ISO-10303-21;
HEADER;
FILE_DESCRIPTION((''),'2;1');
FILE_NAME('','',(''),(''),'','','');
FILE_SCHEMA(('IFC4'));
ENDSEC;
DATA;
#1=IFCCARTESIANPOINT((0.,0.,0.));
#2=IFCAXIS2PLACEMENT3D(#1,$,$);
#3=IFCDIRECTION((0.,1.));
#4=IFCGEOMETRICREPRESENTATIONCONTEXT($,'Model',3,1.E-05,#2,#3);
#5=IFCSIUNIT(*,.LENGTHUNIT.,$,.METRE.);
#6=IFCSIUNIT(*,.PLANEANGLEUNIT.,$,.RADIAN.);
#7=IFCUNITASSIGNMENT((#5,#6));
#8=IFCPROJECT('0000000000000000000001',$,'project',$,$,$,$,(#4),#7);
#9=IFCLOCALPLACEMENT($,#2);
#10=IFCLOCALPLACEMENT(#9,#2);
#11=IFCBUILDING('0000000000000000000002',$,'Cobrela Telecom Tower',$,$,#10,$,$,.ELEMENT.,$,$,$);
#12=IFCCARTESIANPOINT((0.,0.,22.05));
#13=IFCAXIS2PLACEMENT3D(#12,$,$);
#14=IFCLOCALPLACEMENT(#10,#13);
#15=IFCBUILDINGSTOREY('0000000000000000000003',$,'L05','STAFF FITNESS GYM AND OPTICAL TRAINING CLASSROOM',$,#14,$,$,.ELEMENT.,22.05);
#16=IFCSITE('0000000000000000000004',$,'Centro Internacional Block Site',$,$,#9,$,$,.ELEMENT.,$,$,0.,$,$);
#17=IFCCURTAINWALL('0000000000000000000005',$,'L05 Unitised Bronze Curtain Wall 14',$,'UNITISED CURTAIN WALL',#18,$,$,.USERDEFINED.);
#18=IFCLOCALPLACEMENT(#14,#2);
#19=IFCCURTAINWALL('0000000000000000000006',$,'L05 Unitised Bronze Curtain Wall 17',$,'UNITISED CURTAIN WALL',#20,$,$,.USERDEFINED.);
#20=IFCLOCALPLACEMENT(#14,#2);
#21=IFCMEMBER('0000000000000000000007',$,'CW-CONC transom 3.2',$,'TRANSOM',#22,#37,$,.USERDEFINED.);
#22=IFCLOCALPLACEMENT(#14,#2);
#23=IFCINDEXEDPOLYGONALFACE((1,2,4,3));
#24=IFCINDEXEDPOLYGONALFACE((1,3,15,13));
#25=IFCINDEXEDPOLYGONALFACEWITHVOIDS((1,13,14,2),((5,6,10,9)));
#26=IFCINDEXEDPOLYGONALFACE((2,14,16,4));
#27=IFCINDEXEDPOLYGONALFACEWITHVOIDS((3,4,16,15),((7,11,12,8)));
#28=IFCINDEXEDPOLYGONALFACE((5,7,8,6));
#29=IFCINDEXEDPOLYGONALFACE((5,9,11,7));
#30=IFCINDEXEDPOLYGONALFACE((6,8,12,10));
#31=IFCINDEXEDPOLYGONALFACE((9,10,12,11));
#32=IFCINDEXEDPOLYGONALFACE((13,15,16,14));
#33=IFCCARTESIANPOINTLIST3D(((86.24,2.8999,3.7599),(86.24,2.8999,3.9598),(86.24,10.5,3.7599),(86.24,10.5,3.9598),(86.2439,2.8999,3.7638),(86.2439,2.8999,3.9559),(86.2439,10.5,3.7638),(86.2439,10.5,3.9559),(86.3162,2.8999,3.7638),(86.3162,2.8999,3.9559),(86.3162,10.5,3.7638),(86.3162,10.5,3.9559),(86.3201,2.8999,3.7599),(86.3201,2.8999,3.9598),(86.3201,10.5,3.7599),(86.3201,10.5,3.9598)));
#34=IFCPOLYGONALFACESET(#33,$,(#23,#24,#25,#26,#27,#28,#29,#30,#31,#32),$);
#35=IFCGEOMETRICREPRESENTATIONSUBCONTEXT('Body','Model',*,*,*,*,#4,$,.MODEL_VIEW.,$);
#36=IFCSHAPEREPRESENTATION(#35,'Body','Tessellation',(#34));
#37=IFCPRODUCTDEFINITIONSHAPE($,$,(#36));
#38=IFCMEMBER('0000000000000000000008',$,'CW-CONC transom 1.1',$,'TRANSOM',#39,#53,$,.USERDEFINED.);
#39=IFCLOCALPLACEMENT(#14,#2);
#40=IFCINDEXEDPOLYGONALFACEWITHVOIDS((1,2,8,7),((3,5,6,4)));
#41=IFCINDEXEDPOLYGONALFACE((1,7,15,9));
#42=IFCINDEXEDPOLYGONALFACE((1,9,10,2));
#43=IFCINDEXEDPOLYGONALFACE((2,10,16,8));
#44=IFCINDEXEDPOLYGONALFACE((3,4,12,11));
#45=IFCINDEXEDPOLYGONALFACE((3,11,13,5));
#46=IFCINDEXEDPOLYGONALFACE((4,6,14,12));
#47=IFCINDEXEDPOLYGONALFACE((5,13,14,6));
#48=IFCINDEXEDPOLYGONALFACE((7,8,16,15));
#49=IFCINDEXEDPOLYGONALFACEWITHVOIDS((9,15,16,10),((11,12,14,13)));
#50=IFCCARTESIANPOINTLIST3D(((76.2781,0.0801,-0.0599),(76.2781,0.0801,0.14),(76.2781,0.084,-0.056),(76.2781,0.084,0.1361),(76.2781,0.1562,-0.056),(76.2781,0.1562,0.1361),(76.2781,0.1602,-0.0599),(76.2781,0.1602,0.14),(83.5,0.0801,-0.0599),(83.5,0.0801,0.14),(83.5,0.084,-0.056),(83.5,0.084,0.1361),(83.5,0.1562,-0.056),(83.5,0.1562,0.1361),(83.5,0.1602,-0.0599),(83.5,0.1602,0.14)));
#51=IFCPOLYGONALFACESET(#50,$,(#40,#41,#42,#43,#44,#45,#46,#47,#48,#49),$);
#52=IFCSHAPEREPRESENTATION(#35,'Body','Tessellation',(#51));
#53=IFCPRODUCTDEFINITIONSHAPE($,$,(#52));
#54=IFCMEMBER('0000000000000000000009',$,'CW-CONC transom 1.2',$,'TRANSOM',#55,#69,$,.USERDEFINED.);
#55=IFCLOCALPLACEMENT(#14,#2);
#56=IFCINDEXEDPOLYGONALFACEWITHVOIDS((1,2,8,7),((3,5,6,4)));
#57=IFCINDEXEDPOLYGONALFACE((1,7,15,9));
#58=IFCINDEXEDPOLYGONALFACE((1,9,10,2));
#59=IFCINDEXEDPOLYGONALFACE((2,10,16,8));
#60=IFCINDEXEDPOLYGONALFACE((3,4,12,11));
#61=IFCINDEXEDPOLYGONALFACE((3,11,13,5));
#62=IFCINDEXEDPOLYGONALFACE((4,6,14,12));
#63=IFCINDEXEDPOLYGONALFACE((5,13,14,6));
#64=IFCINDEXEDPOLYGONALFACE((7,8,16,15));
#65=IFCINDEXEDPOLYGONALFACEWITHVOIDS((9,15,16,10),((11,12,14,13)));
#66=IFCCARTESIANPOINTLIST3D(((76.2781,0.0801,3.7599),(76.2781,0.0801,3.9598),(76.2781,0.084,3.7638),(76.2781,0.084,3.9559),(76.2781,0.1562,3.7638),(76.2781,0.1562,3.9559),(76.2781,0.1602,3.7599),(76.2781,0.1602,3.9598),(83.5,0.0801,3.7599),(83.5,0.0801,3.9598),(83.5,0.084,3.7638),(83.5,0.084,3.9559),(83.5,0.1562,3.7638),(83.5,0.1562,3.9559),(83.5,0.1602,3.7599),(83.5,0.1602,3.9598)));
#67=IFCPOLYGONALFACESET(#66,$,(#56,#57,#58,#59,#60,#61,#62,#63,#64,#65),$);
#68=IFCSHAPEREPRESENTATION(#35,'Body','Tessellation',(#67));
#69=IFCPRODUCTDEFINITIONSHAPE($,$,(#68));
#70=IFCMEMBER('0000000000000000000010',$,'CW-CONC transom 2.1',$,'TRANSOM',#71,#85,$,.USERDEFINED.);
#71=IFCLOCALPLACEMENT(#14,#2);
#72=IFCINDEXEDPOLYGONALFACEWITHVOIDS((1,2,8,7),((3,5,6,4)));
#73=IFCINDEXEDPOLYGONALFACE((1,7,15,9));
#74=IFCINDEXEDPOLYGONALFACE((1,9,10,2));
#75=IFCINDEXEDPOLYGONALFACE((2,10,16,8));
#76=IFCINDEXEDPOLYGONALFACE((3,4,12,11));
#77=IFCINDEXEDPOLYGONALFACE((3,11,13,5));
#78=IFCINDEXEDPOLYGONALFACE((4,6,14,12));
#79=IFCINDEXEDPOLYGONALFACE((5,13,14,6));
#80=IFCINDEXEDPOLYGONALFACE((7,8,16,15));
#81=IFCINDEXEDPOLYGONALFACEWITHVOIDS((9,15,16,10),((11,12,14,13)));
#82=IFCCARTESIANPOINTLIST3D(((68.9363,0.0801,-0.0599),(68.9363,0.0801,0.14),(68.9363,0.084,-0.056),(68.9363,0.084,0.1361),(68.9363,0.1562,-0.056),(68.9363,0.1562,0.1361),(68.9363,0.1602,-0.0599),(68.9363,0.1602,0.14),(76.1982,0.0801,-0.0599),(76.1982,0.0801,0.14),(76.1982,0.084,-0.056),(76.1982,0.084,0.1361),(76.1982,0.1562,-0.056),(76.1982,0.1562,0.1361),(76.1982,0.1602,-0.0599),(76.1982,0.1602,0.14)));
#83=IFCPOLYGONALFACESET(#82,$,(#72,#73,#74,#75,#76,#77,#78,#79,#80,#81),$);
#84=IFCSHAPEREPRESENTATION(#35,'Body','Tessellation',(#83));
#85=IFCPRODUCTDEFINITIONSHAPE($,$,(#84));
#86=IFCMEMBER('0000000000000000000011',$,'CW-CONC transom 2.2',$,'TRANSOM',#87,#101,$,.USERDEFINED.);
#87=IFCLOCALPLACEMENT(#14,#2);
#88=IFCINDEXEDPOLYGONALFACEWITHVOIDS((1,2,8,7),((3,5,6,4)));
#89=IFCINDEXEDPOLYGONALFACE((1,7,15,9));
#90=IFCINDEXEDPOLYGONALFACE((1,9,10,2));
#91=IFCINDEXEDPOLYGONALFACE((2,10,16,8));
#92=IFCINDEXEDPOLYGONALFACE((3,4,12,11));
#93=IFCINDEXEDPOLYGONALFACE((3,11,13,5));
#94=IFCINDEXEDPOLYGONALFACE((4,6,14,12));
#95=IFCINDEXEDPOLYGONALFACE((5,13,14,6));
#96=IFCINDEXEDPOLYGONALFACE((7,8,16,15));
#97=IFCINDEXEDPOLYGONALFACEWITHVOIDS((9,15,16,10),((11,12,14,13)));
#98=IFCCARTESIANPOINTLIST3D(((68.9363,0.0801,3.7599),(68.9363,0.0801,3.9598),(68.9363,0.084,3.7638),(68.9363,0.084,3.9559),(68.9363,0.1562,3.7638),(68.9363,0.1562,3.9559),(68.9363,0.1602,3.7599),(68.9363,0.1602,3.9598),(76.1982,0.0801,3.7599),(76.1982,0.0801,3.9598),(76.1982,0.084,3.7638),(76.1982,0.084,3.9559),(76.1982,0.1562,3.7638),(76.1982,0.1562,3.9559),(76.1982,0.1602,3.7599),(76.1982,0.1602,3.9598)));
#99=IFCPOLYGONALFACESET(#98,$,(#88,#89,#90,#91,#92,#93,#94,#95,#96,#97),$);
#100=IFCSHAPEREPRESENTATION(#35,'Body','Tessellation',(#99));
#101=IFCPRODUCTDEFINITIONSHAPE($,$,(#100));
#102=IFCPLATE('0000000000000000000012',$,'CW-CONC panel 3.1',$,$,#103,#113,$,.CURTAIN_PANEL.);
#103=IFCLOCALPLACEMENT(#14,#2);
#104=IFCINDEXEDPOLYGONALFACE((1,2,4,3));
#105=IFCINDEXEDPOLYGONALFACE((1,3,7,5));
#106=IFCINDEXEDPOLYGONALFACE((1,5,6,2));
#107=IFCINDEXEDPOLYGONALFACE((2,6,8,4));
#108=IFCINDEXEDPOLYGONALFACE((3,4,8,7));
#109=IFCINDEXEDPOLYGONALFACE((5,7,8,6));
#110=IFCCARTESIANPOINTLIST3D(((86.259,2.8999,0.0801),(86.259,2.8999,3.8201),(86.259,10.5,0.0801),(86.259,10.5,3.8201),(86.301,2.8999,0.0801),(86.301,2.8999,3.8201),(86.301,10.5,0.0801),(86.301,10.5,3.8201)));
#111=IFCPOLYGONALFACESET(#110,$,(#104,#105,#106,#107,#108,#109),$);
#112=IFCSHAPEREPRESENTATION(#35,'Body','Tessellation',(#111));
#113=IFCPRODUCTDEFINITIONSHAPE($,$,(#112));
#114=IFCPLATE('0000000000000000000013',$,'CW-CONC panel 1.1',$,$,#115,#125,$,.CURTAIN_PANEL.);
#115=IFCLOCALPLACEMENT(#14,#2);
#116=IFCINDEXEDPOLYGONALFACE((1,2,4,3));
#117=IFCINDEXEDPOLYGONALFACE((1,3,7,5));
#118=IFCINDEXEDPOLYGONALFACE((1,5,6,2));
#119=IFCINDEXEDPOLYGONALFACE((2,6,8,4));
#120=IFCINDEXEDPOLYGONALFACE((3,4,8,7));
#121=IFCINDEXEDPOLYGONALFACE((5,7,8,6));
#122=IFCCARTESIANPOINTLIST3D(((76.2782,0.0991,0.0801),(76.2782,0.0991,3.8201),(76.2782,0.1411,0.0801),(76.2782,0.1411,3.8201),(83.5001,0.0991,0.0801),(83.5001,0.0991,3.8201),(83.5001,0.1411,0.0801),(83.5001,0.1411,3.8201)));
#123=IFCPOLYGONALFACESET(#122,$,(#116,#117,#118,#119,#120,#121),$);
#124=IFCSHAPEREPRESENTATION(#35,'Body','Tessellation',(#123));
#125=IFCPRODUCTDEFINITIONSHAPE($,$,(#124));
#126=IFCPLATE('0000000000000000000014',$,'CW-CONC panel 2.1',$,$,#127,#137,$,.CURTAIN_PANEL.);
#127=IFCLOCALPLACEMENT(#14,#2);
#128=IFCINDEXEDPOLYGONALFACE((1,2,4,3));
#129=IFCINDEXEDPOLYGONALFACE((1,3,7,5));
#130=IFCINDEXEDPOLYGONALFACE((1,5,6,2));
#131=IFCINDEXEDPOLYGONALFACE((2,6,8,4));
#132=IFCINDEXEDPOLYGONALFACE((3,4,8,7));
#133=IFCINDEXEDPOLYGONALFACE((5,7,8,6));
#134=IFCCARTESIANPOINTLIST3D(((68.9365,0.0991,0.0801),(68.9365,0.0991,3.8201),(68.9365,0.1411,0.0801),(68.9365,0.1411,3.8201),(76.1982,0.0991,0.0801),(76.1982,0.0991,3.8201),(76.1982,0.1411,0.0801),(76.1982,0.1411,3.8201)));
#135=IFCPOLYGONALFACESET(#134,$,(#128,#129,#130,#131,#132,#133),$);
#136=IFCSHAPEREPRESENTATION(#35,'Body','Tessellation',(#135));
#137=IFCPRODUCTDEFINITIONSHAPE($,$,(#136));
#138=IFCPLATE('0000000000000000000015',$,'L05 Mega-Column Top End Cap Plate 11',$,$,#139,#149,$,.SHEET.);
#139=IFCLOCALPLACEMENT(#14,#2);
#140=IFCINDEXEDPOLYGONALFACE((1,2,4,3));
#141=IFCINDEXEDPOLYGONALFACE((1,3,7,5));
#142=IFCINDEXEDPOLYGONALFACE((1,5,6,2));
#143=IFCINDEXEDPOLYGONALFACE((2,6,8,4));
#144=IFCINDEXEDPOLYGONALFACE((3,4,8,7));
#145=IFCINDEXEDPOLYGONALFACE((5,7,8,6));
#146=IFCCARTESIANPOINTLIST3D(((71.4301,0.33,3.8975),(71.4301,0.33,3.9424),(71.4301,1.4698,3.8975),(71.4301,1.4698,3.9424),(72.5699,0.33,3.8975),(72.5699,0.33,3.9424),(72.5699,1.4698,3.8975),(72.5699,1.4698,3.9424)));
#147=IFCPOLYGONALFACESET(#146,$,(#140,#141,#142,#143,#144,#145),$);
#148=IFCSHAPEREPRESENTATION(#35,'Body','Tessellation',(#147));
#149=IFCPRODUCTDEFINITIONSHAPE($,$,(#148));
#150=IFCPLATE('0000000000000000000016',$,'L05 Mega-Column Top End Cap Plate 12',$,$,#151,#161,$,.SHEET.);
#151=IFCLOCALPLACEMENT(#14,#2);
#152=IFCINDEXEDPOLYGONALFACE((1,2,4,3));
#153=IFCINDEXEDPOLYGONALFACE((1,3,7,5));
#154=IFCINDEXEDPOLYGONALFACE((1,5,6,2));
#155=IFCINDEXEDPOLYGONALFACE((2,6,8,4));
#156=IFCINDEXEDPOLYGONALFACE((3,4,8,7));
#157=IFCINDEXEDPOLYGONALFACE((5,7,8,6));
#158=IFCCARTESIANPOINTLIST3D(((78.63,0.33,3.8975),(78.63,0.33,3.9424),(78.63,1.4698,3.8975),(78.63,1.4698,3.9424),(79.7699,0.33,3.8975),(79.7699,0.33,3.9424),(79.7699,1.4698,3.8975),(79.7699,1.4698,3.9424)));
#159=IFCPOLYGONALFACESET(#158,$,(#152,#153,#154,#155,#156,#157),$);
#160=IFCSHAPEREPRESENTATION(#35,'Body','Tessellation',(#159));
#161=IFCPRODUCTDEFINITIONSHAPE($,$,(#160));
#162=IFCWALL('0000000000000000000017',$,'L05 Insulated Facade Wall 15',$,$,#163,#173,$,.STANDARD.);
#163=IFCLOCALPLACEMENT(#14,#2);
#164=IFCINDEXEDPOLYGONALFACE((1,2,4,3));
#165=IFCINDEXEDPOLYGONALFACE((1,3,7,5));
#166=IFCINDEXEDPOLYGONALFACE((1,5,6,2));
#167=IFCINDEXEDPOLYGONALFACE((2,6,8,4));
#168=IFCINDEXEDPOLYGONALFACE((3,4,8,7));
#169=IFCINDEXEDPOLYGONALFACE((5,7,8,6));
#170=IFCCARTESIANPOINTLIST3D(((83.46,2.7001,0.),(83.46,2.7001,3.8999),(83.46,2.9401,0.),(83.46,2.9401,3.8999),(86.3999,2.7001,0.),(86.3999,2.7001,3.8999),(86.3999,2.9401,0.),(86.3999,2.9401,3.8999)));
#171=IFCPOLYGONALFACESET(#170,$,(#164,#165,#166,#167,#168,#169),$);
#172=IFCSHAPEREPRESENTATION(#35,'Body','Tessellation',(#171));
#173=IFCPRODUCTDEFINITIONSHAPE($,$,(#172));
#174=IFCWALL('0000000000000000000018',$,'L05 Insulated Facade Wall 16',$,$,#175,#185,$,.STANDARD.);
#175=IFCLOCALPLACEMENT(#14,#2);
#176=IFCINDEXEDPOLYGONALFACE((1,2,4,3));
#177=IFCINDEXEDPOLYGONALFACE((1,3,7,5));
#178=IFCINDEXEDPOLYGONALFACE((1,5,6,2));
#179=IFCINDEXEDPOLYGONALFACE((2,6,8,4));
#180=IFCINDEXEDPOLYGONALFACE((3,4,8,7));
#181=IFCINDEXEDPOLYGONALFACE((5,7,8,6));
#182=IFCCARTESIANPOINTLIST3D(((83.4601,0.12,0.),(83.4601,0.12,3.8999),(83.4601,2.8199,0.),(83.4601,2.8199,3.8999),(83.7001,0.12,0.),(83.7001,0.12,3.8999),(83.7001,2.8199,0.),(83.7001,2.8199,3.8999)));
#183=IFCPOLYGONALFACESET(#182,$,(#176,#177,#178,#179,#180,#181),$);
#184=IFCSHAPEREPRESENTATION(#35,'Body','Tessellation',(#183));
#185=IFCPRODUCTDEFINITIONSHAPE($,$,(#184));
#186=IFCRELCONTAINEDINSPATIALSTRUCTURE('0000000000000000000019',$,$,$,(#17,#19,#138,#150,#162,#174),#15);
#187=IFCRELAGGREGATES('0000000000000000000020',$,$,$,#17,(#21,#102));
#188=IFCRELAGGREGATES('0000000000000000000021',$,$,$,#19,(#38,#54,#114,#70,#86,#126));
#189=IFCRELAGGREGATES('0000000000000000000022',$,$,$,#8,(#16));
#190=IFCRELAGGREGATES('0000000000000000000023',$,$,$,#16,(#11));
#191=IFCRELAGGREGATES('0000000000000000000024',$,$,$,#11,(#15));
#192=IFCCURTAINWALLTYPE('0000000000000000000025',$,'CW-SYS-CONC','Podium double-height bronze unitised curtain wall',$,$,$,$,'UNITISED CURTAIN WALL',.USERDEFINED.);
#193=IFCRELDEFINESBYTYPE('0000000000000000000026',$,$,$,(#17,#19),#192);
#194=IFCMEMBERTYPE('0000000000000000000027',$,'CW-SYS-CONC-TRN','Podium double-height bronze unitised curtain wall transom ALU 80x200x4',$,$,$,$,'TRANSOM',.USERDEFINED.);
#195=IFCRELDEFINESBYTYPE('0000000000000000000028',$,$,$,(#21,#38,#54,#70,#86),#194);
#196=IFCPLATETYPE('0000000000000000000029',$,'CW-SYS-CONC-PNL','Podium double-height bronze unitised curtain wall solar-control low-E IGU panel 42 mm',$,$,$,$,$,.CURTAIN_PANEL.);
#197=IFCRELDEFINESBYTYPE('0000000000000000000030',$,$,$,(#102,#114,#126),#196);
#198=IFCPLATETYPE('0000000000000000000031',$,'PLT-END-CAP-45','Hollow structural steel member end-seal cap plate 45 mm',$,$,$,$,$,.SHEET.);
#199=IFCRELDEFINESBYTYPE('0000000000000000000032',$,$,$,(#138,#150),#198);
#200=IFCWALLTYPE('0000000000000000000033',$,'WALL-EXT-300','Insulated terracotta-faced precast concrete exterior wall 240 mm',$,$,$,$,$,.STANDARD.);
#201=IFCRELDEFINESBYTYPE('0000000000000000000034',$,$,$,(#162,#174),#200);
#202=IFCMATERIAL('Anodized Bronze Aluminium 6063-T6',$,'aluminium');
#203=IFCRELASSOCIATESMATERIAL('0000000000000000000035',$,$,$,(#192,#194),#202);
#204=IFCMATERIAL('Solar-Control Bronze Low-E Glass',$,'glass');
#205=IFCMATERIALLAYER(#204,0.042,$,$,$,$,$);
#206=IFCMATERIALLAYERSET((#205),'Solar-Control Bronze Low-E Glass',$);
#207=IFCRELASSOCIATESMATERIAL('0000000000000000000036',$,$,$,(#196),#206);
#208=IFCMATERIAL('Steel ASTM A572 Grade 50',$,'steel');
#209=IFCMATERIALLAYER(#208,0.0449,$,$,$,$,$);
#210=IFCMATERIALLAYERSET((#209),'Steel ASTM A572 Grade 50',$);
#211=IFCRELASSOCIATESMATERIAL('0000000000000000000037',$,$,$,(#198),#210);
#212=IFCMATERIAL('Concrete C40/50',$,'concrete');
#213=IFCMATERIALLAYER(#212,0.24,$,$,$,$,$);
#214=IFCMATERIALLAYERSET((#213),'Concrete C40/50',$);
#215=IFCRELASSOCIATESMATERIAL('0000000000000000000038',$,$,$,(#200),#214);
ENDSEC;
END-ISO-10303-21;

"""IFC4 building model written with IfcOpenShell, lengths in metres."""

from ifc_helpers import new_model, si_unit, direction, frame, frame_2d, origin, origin_2d, place, context, subcontext, project, spatial, rectangle, hollow_rectangle, extrude, material, layer, layer_set, material_profile, profile_set, type_object, element, aggregate, save


model = new_model("IFC4")

# Units and contexts
model_context = context("Model", 3, precision=1e-05, world=origin(), true_north=direction((0.0, 1.0)))
body_context = subcontext(model_context, "Body", "Model", "MODEL_VIEW")
ifc_project = project(units=[si_unit("LENGTHUNIT", "METRE"), si_unit("PLANEANGLEUNIT", "RADIAN")], contexts=[model_context])

# Site, building, storey
site_placement = place(None, origin())
site = spatial("IfcSite", under=ifc_project, at=site_placement, Name="Centro Internacional Block Site", CompositionType="ELEMENT", RefElevation=0.0)
building_placement = place(site_placement, origin())
building = spatial("IfcBuilding", under=site, at=building_placement, Name="Cobrela Telecom Tower", CompositionType="ELEMENT")
storey_placement = place(building_placement, frame((0.0, 0.0, 22.05)))
storey = spatial("IfcBuildingStorey", under=building, at=storey_placement, Name="L05", Description="STAFF FITNESS GYM AND OPTICAL TRAINING CLASSROOM", CompositionType="ELEMENT", Elevation=22.05)

# Shared definitions
ifc_material_1 = material(Name="Concrete C40/50", Category="concrete")
ifc_material_2 = material(Name="Steel ASTM A572 Grade 50", Category="steel")

# Curtain walls
ifc_material_3 = material(Name="Anodized Bronze Aluminium 6063-T6", Category="aluminium")
curtain_wall_type = type_object("IfcCurtainWallType", Name="CW-SYS-CONC", Description="Podium double-height bronze unitised curtain wall", ElementType="UNITISED CURTAIN WALL", PredefinedType="USERDEFINED", material=ifc_material_3)
curtain_wall_1_placement = place(storey_placement, origin())
curtain_wall_1 = element("IfcCurtainWall", 1, at=curtain_wall_1_placement, inside=storey, type_object=curtain_wall_type, Name="L05 Unitised Bronze Curtain Wall 14", ObjectType="UNITISED CURTAIN WALL", PredefinedType="USERDEFINED")
curtain_wall_2_placement = place(storey_placement, origin())
curtain_wall_2 = element("IfcCurtainWall", 2, at=curtain_wall_2_placement, inside=storey, type_object=curtain_wall_type, Name="L05 Unitised Bronze Curtain Wall 17", ObjectType="UNITISED CURTAIN WALL", PredefinedType="USERDEFINED")

# Members
ifc_material_profile_1 = material_profile(ifc_material_3, hollow_rectangle(XDim=0.0801, YDim=0.2, WallThickness=0.0039, at=origin_2d()), Name="ALU 80x200x4")
ifc_profile_set_1 = profile_set([ifc_material_profile_1], Name="Anodized Bronze Aluminium 6063-T6")
member_type_1 = type_object("IfcMemberType", Name="CW-SYS-CONC-TRN", Description="Podium double-height bronze unitised curtain wall transom ALU 80x200x4", ElementType="TRANSOM", PredefinedType="USERDEFINED", material=ifc_profile_set_1)
member_1_placement = place(storey_placement, frame((86.28, 10.5, 3.8599), z_axis=(0.0, -1.0, 0.0), x_axis=(1.0, 0.0, 0.0)))
member_1 = element("IfcMember", 3, at=member_1_placement, type_object=member_type_1, Name="CW-CONC transom 3.2", ObjectType="TRANSOM", PredefinedType="USERDEFINED", context=body_context, shape_type="SweptSolid", body=[
    extrude(hollow_rectangle(XDim=0.0801, YDim=0.2, WallThickness=0.0039, at=origin_2d()), origin(), (0.0, 0.0, 1.0), 7.6001),
])
member_2_placement = place(storey_placement, frame((83.5, 0.1201, 0.04), z_axis=(-1.0, 0.0, 0.0), x_axis=(0.0, -1.0, 0.0)))
member_2 = element("IfcMember", 4, at=member_2_placement, type_object=member_type_1, Name="CW-CONC transom 1.1", ObjectType="TRANSOM", PredefinedType="USERDEFINED", context=body_context, shape_type="SweptSolid", body=[
    extrude(hollow_rectangle(XDim=0.0801, YDim=0.2, WallThickness=0.0039, at=origin_2d()), origin(), (0.0, 0.0, 1.0), 7.2219),
])
member_3_placement = place(storey_placement, frame((83.5, 0.1201, 3.8599), z_axis=(-1.0, 0.0, 0.0), x_axis=(0.0, -1.0, 0.0)))
member_3 = element("IfcMember", 5, at=member_3_placement, type_object=member_type_1, Name="CW-CONC transom 1.2", ObjectType="TRANSOM", PredefinedType="USERDEFINED", context=body_context, shape_type="SweptSolid", body=[
    extrude(hollow_rectangle(XDim=0.0801, YDim=0.2, WallThickness=0.0039, at=origin_2d()), origin(), (0.0, 0.0, 1.0), 7.2219),
])
member_4_placement = place(storey_placement, frame((76.1982, 0.1201, 0.04), z_axis=(-1.0, 0.0, 0.0), x_axis=(0.0, -1.0, 0.0)))
member_4 = element("IfcMember", 6, at=member_4_placement, type_object=member_type_1, Name="CW-CONC transom 2.1", ObjectType="TRANSOM", PredefinedType="USERDEFINED", context=body_context, shape_type="SweptSolid", body=[
    extrude(hollow_rectangle(XDim=0.0801, YDim=0.2, WallThickness=0.0039, at=origin_2d()), origin(), (0.0, 0.0, 1.0), 7.262),
])
member_5_placement = place(storey_placement, frame((76.1982, 0.1201, 3.8599), z_axis=(-1.0, 0.0, 0.0), x_axis=(0.0, -1.0, 0.0)))
member_5 = element("IfcMember", 7, at=member_5_placement, type_object=member_type_1, Name="CW-CONC transom 2.2", ObjectType="TRANSOM", PredefinedType="USERDEFINED", context=body_context, shape_type="SweptSolid", body=[
    extrude(hollow_rectangle(XDim=0.0801, YDim=0.2, WallThickness=0.0039, at=origin_2d()), origin(), (0.0, 0.0, 1.0), 7.262),
])

# Plates
ifc_material_4 = material(Name="Solar-Control Bronze Low-E Glass", Category="glass")
ifc_layer_1 = layer(ifc_material_4, 0.042)
ifc_layer_set_1 = layer_set([ifc_layer_1], Name="Solar-Control Bronze Low-E Glass")
plate_type_1 = type_object("IfcPlateType", Name="CW-SYS-CONC-PNL", Description="Podium double-height bronze unitised curtain wall solar-control low-E IGU panel 42 mm", PredefinedType="CURTAIN_PANEL", material=ifc_layer_set_1)
plate_1_placement = place(storey_placement, frame((86.28, 6.7, 0.0801), z_axis=(0.0, 0.0, 1.0), x_axis=(0.0, -1.0, 0.0)))
plate_1 = element("IfcPlate", 8, at=plate_1_placement, type_object=plate_type_1, Name="CW-CONC panel 3.1", PredefinedType="CURTAIN_PANEL", context=body_context, shape_type="SweptSolid", body=[
    extrude(rectangle(XDim=7.6001, YDim=0.042, at=origin_2d()), origin(), (0.0, 0.0, 1.0), 3.74),
])
aggregate(curtain_wall_1, [member_1, plate_1])
plate_2_placement = place(storey_placement, frame((79.8892, 0.1201, 0.0801), z_axis=(0.0, 0.0, 1.0), x_axis=(-1.0, 0.0, 0.0)))
plate_2 = element("IfcPlate", 9, at=plate_2_placement, type_object=plate_type_1, Name="CW-CONC panel 1.1", PredefinedType="CURTAIN_PANEL", context=body_context, shape_type="SweptSolid", body=[
    extrude(rectangle(XDim=7.2219, YDim=0.042, at=origin_2d()), origin(), (0.0, 0.0, 1.0), 3.74),
])
plate_3_placement = place(storey_placement, frame((72.5674, 0.1201, 0.0801), z_axis=(0.0, 0.0, 1.0), x_axis=(-1.0, 0.0, 0.0)))
plate_3 = element("IfcPlate", 10, at=plate_3_placement, type_object=plate_type_1, Name="CW-CONC panel 2.1", PredefinedType="CURTAIN_PANEL", context=body_context, shape_type="SweptSolid", body=[
    extrude(rectangle(XDim=7.2617, YDim=0.042, at=origin_2d()), origin(), (0.0, 0.0, 1.0), 3.74),
])
aggregate(curtain_wall_2, [member_2, member_3, plate_2, member_4, member_5, plate_3])

# Plates
ifc_layer_2 = layer(ifc_material_2, 0.0449)
ifc_layer_set_2 = layer_set([ifc_layer_2], Name="Steel ASTM A572 Grade 50")
plate_type_2 = type_object("IfcPlateType", Name="PLT-END-CAP-45", Description="Hollow structural steel member end-seal cap plate 45 mm", PredefinedType="SHEET", material=ifc_layer_set_2)
for number, where, z_axis, x_axis, name in (
    (11, (72.0, 0.8999, 3.8975), (0.0, 0.0, 1.0), (1.0, 0.0, 0.0), "L05 Mega-Column Top End Cap Plate 11"),
    (12, (79.2, 0.8999, 3.8975), (0.0, 0.0, 1.0), (1.0, 0.0, 0.0), "L05 Mega-Column Top End Cap Plate 12"),
):
    element("IfcPlate", number, at=place(storey_placement, frame(where, z_axis=z_axis, x_axis=x_axis)), inside=storey, type_object=plate_type_2, Name=name, PredefinedType="SHEET", context=body_context, shape_type="SweptSolid", body=[
        extrude(rectangle(XDim=1.1399, YDim=1.1399, at=origin_2d()), origin(), (0.0, 0.0, 1.0), 0.0449),
    ])

# Walls
ifc_layer_3 = layer(ifc_material_1, 0.24)
ifc_layer_set_3 = layer_set([ifc_layer_3], Name="Concrete C40/50")
wall_type = type_object("IfcWallType", Name="WALL-EXT-300", Description="Insulated terracotta-faced precast concrete exterior wall 240 mm", PredefinedType="STANDARD", material=ifc_layer_set_3)
wall_1_placement = place(storey_placement, frame((86.3999, 2.8201, 0.0), z_axis=(0.0, 0.0, 1.0), x_axis=(-1.0, 0.0, 0.0)))
element("IfcWall", 13, at=wall_1_placement, inside=storey, type_object=wall_type, Name="L05 Insulated Facade Wall 15", PredefinedType="STANDARD", context=body_context, shape_type="SweptSolid", body=[
    extrude(rectangle(XDim=2.9399, YDim=0.24, at=frame_2d((1.47, 0.0))), origin(), (0.0, 0.0, 1.0), 3.8999),
])
wall_2_placement = place(storey_placement, frame((83.5801, 2.8201, 0.0), z_axis=(0.0, 0.0, 1.0), x_axis=(0.0, -1.0, 0.0)))
element("IfcWall", 14, at=wall_2_placement, inside=storey, type_object=wall_type, Name="L05 Insulated Facade Wall 16", PredefinedType="STANDARD", context=body_context, shape_type="SweptSolid", body=[
    extrude(rectangle(XDim=2.7, YDim=0.24, at=frame_2d((1.3501, 0.0))), origin(), (0.0, 0.0, 1.0), 3.8999),
])

save(model, "model.ifc")
